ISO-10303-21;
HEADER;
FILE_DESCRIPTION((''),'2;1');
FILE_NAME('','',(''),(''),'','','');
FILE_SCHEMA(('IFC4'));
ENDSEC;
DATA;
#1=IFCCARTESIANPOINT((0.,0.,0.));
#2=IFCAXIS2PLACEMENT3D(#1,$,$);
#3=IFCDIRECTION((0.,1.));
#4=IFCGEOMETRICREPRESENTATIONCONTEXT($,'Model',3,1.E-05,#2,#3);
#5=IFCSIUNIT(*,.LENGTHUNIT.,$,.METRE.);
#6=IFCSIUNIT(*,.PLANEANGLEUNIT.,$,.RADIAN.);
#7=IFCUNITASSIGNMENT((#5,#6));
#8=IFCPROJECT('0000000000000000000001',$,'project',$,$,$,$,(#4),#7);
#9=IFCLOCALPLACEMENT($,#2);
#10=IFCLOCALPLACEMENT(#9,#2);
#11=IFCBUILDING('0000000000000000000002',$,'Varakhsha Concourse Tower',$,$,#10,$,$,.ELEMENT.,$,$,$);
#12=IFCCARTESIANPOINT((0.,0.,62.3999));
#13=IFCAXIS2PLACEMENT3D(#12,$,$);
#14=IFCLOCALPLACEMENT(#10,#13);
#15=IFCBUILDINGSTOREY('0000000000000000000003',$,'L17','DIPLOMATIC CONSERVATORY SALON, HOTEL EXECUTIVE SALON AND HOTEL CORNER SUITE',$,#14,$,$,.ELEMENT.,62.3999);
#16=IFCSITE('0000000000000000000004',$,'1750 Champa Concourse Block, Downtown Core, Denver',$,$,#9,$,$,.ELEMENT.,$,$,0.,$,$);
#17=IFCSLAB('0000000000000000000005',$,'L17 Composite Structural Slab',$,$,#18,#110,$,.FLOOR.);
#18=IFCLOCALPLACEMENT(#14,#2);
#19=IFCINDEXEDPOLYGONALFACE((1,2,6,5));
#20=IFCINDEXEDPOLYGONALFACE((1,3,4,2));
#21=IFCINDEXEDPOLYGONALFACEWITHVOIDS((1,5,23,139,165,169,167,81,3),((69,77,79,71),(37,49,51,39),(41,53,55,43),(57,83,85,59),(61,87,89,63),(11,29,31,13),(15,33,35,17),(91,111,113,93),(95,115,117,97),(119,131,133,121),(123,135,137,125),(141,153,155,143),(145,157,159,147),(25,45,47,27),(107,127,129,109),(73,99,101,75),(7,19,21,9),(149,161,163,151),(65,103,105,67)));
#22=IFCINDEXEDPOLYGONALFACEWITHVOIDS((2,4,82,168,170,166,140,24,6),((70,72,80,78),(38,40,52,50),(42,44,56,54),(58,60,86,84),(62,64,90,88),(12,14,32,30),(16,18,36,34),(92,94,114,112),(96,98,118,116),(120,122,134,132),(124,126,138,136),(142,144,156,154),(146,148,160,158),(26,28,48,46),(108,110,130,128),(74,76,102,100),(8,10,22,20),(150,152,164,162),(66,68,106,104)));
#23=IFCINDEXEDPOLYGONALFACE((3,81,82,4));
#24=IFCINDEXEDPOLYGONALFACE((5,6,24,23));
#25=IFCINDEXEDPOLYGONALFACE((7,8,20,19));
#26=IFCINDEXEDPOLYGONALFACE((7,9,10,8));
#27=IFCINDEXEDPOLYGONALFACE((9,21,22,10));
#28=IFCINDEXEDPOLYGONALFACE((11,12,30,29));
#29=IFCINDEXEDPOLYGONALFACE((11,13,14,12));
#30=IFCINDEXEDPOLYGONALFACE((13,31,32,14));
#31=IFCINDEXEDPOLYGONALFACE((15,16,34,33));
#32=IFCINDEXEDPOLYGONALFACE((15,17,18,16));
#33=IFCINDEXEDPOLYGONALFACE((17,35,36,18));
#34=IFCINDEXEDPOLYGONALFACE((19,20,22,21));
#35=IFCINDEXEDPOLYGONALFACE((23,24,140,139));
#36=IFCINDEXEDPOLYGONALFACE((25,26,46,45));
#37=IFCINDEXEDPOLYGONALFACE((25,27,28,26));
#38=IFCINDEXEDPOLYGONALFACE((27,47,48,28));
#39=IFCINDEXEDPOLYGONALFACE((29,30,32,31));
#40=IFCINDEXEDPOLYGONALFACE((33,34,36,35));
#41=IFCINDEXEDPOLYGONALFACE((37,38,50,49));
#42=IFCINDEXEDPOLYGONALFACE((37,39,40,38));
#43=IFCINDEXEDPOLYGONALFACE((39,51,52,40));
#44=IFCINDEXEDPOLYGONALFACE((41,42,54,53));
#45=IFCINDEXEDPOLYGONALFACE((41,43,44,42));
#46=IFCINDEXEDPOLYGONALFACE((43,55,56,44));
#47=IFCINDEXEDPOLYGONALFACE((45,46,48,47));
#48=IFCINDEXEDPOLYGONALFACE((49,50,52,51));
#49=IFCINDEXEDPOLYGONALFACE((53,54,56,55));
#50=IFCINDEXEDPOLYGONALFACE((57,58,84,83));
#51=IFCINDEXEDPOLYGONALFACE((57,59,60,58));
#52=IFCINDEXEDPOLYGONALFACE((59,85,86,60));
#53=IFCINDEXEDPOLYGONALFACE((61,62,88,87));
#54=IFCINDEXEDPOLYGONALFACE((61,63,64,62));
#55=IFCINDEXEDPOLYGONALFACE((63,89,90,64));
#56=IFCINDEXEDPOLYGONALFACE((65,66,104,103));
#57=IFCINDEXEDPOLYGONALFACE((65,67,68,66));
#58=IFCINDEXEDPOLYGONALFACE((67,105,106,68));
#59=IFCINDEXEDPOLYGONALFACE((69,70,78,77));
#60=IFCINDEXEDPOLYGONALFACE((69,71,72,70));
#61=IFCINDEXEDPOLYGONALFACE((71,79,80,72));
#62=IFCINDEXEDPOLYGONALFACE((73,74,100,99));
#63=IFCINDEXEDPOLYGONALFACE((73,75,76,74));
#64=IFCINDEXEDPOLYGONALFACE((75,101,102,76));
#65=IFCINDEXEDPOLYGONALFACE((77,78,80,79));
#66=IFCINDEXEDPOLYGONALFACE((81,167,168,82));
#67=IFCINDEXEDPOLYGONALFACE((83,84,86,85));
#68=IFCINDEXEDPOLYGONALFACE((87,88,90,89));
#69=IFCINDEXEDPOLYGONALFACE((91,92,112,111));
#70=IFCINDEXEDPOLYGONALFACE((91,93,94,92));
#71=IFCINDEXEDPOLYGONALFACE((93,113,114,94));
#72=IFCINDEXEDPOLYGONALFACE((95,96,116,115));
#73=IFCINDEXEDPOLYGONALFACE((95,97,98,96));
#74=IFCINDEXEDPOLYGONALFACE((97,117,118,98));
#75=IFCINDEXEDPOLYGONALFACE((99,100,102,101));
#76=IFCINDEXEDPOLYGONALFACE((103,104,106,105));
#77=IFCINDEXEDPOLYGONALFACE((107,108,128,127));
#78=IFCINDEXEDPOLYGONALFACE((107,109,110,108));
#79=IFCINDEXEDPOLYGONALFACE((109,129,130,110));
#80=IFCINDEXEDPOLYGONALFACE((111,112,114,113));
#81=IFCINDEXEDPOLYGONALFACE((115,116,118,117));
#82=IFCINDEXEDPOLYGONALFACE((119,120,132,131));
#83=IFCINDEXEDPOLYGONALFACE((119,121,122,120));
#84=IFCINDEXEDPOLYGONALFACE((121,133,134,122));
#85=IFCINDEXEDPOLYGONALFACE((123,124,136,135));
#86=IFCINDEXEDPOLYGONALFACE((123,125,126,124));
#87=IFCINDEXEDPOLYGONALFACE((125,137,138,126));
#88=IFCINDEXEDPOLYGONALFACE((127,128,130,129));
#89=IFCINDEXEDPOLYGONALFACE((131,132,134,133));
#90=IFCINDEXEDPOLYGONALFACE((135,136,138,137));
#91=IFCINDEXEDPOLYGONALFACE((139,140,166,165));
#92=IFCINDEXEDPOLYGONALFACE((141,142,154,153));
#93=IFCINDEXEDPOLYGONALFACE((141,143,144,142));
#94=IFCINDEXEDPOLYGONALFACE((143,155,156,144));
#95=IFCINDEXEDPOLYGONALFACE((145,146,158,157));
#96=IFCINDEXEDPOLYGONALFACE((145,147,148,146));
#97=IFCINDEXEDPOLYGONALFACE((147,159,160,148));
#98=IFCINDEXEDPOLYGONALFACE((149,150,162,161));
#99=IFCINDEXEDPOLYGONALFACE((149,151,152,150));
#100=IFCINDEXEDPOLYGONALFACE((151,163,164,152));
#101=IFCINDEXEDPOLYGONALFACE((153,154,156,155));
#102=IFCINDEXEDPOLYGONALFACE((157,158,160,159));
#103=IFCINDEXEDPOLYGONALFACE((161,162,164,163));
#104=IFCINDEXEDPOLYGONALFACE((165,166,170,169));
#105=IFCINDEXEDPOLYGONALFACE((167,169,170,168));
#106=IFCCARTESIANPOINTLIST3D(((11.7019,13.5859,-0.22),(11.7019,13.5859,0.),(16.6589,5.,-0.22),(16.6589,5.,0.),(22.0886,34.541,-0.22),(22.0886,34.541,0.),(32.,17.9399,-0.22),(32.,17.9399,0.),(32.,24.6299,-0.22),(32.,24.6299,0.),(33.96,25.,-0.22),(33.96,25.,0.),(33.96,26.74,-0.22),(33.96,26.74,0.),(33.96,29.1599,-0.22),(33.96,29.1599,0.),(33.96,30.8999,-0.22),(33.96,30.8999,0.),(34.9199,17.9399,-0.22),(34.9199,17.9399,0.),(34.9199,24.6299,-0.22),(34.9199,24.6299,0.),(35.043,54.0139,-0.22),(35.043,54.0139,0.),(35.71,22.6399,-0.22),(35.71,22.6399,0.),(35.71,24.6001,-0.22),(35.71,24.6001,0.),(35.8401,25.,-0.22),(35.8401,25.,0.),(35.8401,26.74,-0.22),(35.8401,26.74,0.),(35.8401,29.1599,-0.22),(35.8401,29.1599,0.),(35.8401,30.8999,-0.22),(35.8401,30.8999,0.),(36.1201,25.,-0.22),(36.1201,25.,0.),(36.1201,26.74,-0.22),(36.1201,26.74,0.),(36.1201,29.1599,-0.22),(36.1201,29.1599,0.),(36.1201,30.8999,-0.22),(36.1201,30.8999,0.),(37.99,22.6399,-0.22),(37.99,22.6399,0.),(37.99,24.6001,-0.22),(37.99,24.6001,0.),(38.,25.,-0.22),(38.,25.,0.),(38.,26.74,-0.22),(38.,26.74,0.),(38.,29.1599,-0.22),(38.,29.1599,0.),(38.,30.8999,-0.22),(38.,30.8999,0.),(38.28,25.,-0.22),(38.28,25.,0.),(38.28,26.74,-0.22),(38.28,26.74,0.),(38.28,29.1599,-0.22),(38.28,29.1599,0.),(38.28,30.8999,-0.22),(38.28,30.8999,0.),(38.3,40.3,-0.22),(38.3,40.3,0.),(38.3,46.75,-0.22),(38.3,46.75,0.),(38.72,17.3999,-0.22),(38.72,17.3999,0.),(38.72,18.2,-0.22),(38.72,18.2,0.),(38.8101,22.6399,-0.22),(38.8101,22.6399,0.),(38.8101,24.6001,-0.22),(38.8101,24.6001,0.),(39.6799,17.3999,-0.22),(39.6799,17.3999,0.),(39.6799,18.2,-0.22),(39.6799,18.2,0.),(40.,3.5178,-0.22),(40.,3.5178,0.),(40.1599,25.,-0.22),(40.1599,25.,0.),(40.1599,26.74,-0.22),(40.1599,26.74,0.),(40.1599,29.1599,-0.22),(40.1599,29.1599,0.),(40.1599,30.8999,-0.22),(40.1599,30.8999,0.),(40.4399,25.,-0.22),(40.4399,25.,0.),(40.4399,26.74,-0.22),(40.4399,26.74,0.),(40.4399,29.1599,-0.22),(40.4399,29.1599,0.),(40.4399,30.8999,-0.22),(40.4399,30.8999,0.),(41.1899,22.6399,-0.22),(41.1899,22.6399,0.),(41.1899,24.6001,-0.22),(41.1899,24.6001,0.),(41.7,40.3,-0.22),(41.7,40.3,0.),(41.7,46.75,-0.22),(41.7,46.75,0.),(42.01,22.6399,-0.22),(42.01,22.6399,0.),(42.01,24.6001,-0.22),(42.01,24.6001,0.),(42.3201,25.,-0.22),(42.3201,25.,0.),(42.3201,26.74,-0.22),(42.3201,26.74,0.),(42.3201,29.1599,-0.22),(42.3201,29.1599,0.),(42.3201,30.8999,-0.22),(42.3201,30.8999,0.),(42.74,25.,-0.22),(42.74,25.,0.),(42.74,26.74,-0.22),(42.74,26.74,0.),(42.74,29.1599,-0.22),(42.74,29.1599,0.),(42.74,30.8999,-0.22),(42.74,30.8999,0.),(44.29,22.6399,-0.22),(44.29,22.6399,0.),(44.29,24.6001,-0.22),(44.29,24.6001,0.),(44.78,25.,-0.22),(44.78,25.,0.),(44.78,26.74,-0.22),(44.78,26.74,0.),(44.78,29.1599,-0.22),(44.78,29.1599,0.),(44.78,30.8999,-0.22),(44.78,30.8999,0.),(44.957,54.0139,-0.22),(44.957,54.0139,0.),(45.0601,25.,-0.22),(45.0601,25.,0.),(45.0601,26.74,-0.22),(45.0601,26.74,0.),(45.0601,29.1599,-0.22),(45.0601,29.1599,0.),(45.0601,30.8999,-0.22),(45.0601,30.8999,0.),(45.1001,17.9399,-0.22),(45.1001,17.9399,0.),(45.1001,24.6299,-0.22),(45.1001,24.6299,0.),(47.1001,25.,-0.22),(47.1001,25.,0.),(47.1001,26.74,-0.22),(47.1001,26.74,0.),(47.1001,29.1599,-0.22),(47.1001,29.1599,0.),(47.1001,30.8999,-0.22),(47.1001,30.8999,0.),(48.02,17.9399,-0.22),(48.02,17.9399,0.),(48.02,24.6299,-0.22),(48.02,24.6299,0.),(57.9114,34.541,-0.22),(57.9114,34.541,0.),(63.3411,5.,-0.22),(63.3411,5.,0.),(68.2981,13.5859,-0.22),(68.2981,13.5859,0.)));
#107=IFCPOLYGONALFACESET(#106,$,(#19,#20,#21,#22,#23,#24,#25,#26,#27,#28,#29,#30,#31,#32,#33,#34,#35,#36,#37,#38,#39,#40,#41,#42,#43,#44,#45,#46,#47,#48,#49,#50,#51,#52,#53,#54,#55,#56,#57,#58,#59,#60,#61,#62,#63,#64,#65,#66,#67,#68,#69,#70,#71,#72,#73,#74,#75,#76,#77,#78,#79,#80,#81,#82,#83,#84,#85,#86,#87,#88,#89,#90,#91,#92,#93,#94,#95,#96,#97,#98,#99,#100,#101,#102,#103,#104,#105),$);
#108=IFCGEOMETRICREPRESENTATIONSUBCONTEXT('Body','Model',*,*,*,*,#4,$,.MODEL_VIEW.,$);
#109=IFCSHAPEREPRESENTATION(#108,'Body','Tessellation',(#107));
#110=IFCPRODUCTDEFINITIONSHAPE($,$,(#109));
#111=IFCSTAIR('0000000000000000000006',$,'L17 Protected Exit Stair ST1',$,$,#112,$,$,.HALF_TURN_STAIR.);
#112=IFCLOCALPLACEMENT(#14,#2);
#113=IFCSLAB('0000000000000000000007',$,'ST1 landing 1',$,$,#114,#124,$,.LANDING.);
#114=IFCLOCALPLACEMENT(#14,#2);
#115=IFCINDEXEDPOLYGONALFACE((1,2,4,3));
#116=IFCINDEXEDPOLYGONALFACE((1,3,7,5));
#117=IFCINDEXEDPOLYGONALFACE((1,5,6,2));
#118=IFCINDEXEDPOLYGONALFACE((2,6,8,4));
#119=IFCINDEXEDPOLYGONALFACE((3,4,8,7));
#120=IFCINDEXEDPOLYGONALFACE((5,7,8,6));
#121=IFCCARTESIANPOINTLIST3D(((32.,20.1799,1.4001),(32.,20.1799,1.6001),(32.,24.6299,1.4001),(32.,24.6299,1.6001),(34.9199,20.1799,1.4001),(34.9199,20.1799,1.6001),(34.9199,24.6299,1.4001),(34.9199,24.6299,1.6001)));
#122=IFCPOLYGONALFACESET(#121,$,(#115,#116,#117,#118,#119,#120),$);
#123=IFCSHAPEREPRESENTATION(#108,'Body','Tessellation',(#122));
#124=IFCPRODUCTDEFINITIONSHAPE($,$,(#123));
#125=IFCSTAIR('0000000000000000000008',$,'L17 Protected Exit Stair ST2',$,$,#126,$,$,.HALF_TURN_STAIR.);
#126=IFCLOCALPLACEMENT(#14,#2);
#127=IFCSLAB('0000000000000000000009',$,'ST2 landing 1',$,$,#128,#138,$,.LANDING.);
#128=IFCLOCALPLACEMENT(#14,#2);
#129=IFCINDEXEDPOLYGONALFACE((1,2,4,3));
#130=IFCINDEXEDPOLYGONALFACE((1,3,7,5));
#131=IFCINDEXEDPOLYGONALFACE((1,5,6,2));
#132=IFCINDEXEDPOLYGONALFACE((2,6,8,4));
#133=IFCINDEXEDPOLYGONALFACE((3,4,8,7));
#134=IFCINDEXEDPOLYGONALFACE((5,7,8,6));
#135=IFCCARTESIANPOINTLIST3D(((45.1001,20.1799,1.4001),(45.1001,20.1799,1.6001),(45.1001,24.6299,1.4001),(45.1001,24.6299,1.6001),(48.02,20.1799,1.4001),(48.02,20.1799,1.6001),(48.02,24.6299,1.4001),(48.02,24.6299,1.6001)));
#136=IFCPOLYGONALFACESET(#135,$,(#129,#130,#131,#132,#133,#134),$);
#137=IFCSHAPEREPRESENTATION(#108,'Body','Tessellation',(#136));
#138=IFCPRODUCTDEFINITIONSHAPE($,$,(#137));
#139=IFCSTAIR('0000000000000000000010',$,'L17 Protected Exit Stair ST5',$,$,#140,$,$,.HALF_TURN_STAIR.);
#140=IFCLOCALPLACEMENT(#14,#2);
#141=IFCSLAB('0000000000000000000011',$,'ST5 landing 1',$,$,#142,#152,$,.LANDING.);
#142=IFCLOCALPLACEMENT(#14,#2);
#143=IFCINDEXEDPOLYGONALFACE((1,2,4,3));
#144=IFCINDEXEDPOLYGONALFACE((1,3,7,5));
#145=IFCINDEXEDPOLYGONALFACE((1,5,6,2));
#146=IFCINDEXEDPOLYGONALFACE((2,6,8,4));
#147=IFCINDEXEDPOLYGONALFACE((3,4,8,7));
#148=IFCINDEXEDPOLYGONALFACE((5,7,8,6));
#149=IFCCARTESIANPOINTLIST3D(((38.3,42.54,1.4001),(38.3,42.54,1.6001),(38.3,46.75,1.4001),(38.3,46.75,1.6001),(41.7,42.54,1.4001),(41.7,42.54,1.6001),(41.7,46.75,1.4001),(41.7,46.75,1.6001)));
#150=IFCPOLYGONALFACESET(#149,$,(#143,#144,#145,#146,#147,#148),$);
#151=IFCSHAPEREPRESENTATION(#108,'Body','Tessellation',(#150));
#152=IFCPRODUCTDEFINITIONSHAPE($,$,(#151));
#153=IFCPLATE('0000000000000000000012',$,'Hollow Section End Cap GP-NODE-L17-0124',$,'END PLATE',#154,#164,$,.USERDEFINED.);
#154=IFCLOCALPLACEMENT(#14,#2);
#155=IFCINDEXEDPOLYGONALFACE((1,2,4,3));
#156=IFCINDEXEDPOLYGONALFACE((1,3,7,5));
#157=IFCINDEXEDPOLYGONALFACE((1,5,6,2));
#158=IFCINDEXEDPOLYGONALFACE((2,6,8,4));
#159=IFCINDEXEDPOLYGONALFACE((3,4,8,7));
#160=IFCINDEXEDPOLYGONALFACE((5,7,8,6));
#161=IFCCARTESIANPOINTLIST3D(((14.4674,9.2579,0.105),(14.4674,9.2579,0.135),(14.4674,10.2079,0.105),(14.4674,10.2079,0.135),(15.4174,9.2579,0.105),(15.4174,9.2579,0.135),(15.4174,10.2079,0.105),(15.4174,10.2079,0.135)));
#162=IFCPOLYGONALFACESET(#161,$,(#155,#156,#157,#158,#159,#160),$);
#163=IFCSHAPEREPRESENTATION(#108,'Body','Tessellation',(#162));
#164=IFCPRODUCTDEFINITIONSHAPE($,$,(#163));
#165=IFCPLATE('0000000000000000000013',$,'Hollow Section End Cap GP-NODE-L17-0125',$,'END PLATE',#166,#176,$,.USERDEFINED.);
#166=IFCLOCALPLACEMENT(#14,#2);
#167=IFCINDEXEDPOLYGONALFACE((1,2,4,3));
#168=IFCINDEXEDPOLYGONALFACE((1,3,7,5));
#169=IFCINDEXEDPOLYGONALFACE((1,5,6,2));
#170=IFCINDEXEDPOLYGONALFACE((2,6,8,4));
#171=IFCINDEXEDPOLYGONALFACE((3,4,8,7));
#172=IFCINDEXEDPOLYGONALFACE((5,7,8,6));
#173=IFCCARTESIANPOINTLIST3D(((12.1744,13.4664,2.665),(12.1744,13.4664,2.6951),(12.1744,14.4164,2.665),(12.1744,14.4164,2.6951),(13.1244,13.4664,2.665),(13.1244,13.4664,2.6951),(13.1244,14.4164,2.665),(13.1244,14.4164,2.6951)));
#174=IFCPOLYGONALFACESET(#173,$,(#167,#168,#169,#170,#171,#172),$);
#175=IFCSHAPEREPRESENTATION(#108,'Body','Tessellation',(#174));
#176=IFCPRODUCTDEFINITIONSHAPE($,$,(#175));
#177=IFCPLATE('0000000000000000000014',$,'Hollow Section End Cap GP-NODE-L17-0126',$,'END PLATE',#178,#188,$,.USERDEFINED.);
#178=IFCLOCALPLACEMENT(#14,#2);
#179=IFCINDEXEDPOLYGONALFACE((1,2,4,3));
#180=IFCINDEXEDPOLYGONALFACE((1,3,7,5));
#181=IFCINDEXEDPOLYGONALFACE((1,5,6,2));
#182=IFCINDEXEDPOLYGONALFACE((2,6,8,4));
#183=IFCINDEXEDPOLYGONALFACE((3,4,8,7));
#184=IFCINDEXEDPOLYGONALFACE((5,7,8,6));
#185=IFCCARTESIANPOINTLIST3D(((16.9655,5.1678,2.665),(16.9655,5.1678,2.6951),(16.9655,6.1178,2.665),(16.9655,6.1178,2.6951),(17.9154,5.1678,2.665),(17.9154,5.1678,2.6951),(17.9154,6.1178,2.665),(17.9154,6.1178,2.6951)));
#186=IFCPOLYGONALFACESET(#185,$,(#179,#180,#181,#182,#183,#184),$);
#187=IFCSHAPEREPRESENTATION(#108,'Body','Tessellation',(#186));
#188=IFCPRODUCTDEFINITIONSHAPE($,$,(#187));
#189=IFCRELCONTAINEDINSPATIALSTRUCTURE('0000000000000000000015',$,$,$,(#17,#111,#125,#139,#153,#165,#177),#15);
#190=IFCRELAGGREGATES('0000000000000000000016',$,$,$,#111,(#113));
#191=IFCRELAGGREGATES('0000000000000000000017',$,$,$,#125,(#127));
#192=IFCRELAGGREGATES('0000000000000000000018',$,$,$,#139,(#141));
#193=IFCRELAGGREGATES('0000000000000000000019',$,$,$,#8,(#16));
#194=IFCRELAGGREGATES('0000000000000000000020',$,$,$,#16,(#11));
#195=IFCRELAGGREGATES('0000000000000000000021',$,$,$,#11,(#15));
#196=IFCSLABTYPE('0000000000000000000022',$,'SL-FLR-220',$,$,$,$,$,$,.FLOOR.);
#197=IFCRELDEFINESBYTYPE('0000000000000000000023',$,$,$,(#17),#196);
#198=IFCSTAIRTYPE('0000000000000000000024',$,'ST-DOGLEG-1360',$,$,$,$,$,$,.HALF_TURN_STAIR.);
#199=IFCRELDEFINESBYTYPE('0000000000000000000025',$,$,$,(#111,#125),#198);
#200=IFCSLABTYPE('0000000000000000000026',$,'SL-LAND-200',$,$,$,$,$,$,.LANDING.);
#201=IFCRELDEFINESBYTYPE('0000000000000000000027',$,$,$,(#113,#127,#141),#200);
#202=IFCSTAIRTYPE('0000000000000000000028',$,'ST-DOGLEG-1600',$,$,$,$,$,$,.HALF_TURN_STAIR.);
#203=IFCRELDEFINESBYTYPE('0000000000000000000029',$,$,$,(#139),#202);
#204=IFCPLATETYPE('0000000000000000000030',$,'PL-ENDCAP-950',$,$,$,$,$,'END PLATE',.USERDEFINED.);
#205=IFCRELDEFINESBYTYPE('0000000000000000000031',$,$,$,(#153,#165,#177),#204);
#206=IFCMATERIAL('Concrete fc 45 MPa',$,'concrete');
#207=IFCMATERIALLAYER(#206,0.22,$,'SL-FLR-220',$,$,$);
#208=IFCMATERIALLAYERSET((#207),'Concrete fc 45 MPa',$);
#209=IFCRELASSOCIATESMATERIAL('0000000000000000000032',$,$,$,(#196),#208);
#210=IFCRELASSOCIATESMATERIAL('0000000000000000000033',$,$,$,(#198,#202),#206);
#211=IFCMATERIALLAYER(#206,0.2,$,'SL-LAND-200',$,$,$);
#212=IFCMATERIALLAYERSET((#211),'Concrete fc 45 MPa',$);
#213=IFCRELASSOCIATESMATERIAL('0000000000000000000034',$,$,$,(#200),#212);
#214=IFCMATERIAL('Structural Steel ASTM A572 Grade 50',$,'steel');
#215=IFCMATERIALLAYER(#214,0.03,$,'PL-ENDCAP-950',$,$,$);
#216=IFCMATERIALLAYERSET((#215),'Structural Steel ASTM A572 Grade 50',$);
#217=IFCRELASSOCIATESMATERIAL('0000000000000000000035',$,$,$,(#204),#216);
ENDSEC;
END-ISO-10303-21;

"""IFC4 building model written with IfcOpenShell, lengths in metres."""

from ifc_helpers import new_model, si_unit, direction, frame, origin, origin_2d, place, context, subcontext, project, spatial, polyline, rectangle, outline, extrude, source, transform, mapped, material, layer, layer_set, type_object, type_shapes, element, aggregate, save


model = new_model("IFC4")

# Units and contexts
model_context = context("Model", 3, precision=1e-05, world=origin(), true_north=direction((0.0, 1.0)))
body_context = subcontext(model_context, "Body", "Model", "MODEL_VIEW")
ifc_project = project(units=[si_unit("LENGTHUNIT", "METRE"), si_unit("PLANEANGLEUNIT", "RADIAN")], contexts=[model_context])

# Site, building, storey
site_placement = place(None, origin())
site = spatial("IfcSite", under=ifc_project, at=site_placement, Name="1750 Champa Concourse Block, Downtown Core, Denver", CompositionType="ELEMENT", RefElevation=0.0)
building_placement = place(site_placement, origin())
building = spatial("IfcBuilding", under=site, at=building_placement, Name="Varakhsha Concourse Tower", CompositionType="ELEMENT")
storey_placement = place(building_placement, frame((0.0, 0.0, 62.3999)))
storey = spatial("IfcBuildingStorey", under=building, at=storey_placement, Name="L17", Description="DIPLOMATIC CONSERVATORY SALON, HOTEL EXECUTIVE SALON AND HOTEL CORNER SUITE", CompositionType="ELEMENT", Elevation=62.3999)

# Shared definitions
ifc_material_1 = material(Name="Structural Steel ASTM A572 Grade 50", Category="steel")

# Slab
ifc_material_2 = material(Name="Concrete fc 45 MPa", Category="concrete")
ifc_layer_1 = layer(ifc_material_2, 0.22, Name="SL-FLR-220")
ifc_layer_set_1 = layer_set([ifc_layer_1], Name="Concrete fc 45 MPa")
slab_type_1 = type_object("IfcSlabType", Name="SL-FLR-220", PredefinedType="FLOOR", material=ifc_layer_set_1)
slab_1_placement = place(storey_placement, frame((0.0, 0.0, -0.22)))
element("IfcSlab", 1, at=slab_1_placement, inside=storey, type_object=slab_type_1, Name="L17 Composite Structural Slab", PredefinedType="FLOOR", context=body_context, shape_type="SweptSolid", body=[
    extrude(outline(polyline([(44.957, 54.0139), (35.043, 54.0139), (22.0886, 34.541), (11.7019, 13.5859), (16.6589, 5.0), (40.0, 3.5178), (63.3411, 5.0), (68.2981, 13.5859), (57.9114, 34.541), (44.957, 54.0139)]), holes=[polyline([(34.9199, 17.9399), (34.9199, 24.6299), (32.0, 24.6299), (32.0, 17.9399), (34.9199, 17.9399)]), polyline([(48.02, 17.9399), (48.02, 24.6299), (45.1001, 24.6299), (45.1001, 17.9399), (48.02, 17.9399)]), polyline([(41.7, 40.3), (41.7, 46.75), (38.3, 46.75), (38.3, 40.3), (41.7, 40.3)]), polyline([(33.96, 29.1599), (35.8401, 29.1599), (35.8401, 30.8999), (33.96, 30.8999), (33.96, 29.1599)]), polyline([(36.1201, 29.1599), (38.0, 29.1599), (38.0, 30.8999), (36.1201, 30.8999), (36.1201, 29.1599)]), polyline([(38.28, 29.1599), (40.1599, 29.1599), (40.1599, 30.8999), (38.28, 30.8999), (38.28, 29.1599)]), polyline([(40.4399, 29.1599), (42.3201, 29.1599), (42.3201, 30.8999), (40.4399, 30.8999), (40.4399, 29.1599)]), polyline([(33.96, 25.0), (35.8401, 25.0), (35.8401, 26.74), (33.96, 26.74), (33.96, 25.0)]), polyline([(36.1201, 25.0), (38.0, 25.0), (38.0, 26.74), (36.1201, 26.74), (36.1201, 25.0)]), polyline([(38.28, 25.0), (40.1599, 25.0), (40.1599, 26.74), (38.28, 26.74), (38.28, 25.0)]), polyline([(40.4399, 25.0), (42.3201, 25.0), (42.3201, 26.74), (40.4399, 26.74), (40.4399, 25.0)]), polyline([(42.74, 29.1599), (44.78, 29.1599), (44.78, 30.8999), (42.74, 30.8999), (42.74, 29.1599)]), polyline([(45.0601, 29.1599), (47.1001, 29.1599), (47.1001, 30.8999), (45.0601, 30.8999), (45.0601, 29.1599)]), polyline([(42.74, 25.0), (44.78, 25.0), (44.78, 26.74), (42.74, 26.74), (42.74, 25.0)]), polyline([(45.0601, 25.0), (47.1001, 25.0), (47.1001, 26.74), (45.0601, 26.74), (45.0601, 25.0)]), polyline([(35.71, 22.6399), (37.99, 22.6399), (37.99, 24.6001), (35.71, 24.6001), (35.71, 22.6399)]), polyline([(42.01, 22.6399), (44.29, 22.6399), (44.29, 24.6001), (42.01, 24.6001), (42.01, 22.6399)]), polyline([(38.8101, 22.6399), (41.1899, 22.6399), (41.1899, 24.6001), (38.8101, 24.6001), (38.8101, 22.6399)]), polyline([(38.72, 17.3999), (39.6799, 17.3999), (39.6799, 18.2), (38.72, 18.2), (38.72, 17.3999)])]), origin(), (0.0, 0.0, 1.0), 0.22),
])

# Stairs, slabs
stair_type_1 = type_object("IfcStairType", Name="ST-DOGLEG-1360", PredefinedType="HALF_TURN_STAIR", material=ifc_material_2)
stair_1_placement = place(storey_placement, origin())
stair_1 = element("IfcStair", 2, at=stair_1_placement, inside=storey, type_object=stair_type_1, Name="L17 Protected Exit Stair ST1", PredefinedType="HALF_TURN_STAIR")
ifc_layer_2 = layer(ifc_material_2, 0.2, Name="SL-LAND-200")
ifc_layer_set_2 = layer_set([ifc_layer_2], Name="Concrete fc 45 MPa")
slab_type_2 = type_object("IfcSlabType", Name="SL-LAND-200", PredefinedType="LANDING", material=ifc_layer_set_2)
slab_2_placement = place(storey_placement, frame((0.0, 0.0, 1.4001)))
slab_2 = element("IfcSlab", 3, at=slab_2_placement, type_object=slab_type_2, Name="ST1 landing 1", PredefinedType="LANDING", context=body_context, shape_type="SweptSolid", body=[
    extrude(outline(polyline([(34.9199, 20.1799), (34.9199, 24.6299), (32.0, 24.6299), (32.0, 20.1799), (34.9199, 20.1799)])), origin(), (0.0, 0.0, 1.0), 0.2),
])
aggregate(stair_1, [slab_2])
stair_2_placement = place(storey_placement, origin())
stair_2 = element("IfcStair", 4, at=stair_2_placement, inside=storey, type_object=stair_type_1, Name="L17 Protected Exit Stair ST2", PredefinedType="HALF_TURN_STAIR")
slab_3_placement = place(storey_placement, frame((0.0, 0.0, 1.4001)))
slab_3 = element("IfcSlab", 5, at=slab_3_placement, type_object=slab_type_2, Name="ST2 landing 1", PredefinedType="LANDING", context=body_context, shape_type="SweptSolid", body=[
    extrude(outline(polyline([(48.02, 20.1799), (48.02, 24.6299), (45.1001, 24.6299), (45.1001, 20.1799), (48.02, 20.1799)])), origin(), (0.0, 0.0, 1.0), 0.2),
])
aggregate(stair_2, [slab_3])
stair_type_2 = type_object("IfcStairType", Name="ST-DOGLEG-1600", PredefinedType="HALF_TURN_STAIR", material=ifc_material_2)
stair_3_placement = place(storey_placement, origin())
stair_3 = element("IfcStair", 6, at=stair_3_placement, inside=storey, type_object=stair_type_2, Name="L17 Protected Exit Stair ST5", PredefinedType="HALF_TURN_STAIR")
slab_4_placement = place(storey_placement, frame((0.0, 0.0, 1.4001)))
slab_4 = element("IfcSlab", 7, at=slab_4_placement, type_object=slab_type_2, Name="ST5 landing 1", PredefinedType="LANDING", context=body_context, shape_type="SweptSolid", body=[
    extrude(outline(polyline([(41.7, 42.54), (41.7, 46.75), (38.3, 46.75), (38.3, 42.54), (41.7, 42.54)])), origin(), (0.0, 0.0, 1.0), 0.2),
])
aggregate(stair_3, [slab_4])

# Plates
ifc_layer_3 = layer(ifc_material_1, 0.03, Name="PL-ENDCAP-950")
ifc_layer_set_3 = layer_set([ifc_layer_3], Name="Structural Steel ASTM A572 Grade 50")
plate_type_1 = type_object("IfcPlateType", Name="PL-ENDCAP-950", ElementType="END PLATE", PredefinedType="USERDEFINED", material=ifc_layer_set_3)
shared_shape_1 = source(origin(), body_context, "Body", "SweptSolid", [
    extrude(rectangle(XDim=0.95, YDim=0.95, at=origin_2d()), origin(), (0.0, 0.0, 1.0), 0.03),
])
type_shapes(plate_type_1, [shared_shape_1])
for number, where, z_axis, x_axis, name in (
    (8, (14.9424, 9.7329, 0.105), (0.0, 0.0, 1.0), (1.0, 0.0, 0.0), "Hollow Section End Cap GP-NODE-L17-0124"),
    (9, (12.6494, 13.9414, 2.665), (0.0, 0.0, 1.0), (1.0, 0.0, 0.0), "Hollow Section End Cap GP-NODE-L17-0125"),
    (10, (17.4404, 5.6428, 2.665), (0.0, 0.0, 1.0), (1.0, 0.0, 0.0), "Hollow Section End Cap GP-NODE-L17-0126"),
):
    element("IfcPlate", number, at=place(storey_placement, frame(where, z_axis=z_axis, x_axis=x_axis)), inside=storey, type_object=plate_type_1, Name=name, ObjectType="END PLATE", PredefinedType="USERDEFINED", context=body_context, shape_type="MappedRepresentation", body=[
        mapped(shared_shape_1, transform((0.0, 0.0, 0.0), scale=1.0)),
    ])

save(model, "model.ifc")
